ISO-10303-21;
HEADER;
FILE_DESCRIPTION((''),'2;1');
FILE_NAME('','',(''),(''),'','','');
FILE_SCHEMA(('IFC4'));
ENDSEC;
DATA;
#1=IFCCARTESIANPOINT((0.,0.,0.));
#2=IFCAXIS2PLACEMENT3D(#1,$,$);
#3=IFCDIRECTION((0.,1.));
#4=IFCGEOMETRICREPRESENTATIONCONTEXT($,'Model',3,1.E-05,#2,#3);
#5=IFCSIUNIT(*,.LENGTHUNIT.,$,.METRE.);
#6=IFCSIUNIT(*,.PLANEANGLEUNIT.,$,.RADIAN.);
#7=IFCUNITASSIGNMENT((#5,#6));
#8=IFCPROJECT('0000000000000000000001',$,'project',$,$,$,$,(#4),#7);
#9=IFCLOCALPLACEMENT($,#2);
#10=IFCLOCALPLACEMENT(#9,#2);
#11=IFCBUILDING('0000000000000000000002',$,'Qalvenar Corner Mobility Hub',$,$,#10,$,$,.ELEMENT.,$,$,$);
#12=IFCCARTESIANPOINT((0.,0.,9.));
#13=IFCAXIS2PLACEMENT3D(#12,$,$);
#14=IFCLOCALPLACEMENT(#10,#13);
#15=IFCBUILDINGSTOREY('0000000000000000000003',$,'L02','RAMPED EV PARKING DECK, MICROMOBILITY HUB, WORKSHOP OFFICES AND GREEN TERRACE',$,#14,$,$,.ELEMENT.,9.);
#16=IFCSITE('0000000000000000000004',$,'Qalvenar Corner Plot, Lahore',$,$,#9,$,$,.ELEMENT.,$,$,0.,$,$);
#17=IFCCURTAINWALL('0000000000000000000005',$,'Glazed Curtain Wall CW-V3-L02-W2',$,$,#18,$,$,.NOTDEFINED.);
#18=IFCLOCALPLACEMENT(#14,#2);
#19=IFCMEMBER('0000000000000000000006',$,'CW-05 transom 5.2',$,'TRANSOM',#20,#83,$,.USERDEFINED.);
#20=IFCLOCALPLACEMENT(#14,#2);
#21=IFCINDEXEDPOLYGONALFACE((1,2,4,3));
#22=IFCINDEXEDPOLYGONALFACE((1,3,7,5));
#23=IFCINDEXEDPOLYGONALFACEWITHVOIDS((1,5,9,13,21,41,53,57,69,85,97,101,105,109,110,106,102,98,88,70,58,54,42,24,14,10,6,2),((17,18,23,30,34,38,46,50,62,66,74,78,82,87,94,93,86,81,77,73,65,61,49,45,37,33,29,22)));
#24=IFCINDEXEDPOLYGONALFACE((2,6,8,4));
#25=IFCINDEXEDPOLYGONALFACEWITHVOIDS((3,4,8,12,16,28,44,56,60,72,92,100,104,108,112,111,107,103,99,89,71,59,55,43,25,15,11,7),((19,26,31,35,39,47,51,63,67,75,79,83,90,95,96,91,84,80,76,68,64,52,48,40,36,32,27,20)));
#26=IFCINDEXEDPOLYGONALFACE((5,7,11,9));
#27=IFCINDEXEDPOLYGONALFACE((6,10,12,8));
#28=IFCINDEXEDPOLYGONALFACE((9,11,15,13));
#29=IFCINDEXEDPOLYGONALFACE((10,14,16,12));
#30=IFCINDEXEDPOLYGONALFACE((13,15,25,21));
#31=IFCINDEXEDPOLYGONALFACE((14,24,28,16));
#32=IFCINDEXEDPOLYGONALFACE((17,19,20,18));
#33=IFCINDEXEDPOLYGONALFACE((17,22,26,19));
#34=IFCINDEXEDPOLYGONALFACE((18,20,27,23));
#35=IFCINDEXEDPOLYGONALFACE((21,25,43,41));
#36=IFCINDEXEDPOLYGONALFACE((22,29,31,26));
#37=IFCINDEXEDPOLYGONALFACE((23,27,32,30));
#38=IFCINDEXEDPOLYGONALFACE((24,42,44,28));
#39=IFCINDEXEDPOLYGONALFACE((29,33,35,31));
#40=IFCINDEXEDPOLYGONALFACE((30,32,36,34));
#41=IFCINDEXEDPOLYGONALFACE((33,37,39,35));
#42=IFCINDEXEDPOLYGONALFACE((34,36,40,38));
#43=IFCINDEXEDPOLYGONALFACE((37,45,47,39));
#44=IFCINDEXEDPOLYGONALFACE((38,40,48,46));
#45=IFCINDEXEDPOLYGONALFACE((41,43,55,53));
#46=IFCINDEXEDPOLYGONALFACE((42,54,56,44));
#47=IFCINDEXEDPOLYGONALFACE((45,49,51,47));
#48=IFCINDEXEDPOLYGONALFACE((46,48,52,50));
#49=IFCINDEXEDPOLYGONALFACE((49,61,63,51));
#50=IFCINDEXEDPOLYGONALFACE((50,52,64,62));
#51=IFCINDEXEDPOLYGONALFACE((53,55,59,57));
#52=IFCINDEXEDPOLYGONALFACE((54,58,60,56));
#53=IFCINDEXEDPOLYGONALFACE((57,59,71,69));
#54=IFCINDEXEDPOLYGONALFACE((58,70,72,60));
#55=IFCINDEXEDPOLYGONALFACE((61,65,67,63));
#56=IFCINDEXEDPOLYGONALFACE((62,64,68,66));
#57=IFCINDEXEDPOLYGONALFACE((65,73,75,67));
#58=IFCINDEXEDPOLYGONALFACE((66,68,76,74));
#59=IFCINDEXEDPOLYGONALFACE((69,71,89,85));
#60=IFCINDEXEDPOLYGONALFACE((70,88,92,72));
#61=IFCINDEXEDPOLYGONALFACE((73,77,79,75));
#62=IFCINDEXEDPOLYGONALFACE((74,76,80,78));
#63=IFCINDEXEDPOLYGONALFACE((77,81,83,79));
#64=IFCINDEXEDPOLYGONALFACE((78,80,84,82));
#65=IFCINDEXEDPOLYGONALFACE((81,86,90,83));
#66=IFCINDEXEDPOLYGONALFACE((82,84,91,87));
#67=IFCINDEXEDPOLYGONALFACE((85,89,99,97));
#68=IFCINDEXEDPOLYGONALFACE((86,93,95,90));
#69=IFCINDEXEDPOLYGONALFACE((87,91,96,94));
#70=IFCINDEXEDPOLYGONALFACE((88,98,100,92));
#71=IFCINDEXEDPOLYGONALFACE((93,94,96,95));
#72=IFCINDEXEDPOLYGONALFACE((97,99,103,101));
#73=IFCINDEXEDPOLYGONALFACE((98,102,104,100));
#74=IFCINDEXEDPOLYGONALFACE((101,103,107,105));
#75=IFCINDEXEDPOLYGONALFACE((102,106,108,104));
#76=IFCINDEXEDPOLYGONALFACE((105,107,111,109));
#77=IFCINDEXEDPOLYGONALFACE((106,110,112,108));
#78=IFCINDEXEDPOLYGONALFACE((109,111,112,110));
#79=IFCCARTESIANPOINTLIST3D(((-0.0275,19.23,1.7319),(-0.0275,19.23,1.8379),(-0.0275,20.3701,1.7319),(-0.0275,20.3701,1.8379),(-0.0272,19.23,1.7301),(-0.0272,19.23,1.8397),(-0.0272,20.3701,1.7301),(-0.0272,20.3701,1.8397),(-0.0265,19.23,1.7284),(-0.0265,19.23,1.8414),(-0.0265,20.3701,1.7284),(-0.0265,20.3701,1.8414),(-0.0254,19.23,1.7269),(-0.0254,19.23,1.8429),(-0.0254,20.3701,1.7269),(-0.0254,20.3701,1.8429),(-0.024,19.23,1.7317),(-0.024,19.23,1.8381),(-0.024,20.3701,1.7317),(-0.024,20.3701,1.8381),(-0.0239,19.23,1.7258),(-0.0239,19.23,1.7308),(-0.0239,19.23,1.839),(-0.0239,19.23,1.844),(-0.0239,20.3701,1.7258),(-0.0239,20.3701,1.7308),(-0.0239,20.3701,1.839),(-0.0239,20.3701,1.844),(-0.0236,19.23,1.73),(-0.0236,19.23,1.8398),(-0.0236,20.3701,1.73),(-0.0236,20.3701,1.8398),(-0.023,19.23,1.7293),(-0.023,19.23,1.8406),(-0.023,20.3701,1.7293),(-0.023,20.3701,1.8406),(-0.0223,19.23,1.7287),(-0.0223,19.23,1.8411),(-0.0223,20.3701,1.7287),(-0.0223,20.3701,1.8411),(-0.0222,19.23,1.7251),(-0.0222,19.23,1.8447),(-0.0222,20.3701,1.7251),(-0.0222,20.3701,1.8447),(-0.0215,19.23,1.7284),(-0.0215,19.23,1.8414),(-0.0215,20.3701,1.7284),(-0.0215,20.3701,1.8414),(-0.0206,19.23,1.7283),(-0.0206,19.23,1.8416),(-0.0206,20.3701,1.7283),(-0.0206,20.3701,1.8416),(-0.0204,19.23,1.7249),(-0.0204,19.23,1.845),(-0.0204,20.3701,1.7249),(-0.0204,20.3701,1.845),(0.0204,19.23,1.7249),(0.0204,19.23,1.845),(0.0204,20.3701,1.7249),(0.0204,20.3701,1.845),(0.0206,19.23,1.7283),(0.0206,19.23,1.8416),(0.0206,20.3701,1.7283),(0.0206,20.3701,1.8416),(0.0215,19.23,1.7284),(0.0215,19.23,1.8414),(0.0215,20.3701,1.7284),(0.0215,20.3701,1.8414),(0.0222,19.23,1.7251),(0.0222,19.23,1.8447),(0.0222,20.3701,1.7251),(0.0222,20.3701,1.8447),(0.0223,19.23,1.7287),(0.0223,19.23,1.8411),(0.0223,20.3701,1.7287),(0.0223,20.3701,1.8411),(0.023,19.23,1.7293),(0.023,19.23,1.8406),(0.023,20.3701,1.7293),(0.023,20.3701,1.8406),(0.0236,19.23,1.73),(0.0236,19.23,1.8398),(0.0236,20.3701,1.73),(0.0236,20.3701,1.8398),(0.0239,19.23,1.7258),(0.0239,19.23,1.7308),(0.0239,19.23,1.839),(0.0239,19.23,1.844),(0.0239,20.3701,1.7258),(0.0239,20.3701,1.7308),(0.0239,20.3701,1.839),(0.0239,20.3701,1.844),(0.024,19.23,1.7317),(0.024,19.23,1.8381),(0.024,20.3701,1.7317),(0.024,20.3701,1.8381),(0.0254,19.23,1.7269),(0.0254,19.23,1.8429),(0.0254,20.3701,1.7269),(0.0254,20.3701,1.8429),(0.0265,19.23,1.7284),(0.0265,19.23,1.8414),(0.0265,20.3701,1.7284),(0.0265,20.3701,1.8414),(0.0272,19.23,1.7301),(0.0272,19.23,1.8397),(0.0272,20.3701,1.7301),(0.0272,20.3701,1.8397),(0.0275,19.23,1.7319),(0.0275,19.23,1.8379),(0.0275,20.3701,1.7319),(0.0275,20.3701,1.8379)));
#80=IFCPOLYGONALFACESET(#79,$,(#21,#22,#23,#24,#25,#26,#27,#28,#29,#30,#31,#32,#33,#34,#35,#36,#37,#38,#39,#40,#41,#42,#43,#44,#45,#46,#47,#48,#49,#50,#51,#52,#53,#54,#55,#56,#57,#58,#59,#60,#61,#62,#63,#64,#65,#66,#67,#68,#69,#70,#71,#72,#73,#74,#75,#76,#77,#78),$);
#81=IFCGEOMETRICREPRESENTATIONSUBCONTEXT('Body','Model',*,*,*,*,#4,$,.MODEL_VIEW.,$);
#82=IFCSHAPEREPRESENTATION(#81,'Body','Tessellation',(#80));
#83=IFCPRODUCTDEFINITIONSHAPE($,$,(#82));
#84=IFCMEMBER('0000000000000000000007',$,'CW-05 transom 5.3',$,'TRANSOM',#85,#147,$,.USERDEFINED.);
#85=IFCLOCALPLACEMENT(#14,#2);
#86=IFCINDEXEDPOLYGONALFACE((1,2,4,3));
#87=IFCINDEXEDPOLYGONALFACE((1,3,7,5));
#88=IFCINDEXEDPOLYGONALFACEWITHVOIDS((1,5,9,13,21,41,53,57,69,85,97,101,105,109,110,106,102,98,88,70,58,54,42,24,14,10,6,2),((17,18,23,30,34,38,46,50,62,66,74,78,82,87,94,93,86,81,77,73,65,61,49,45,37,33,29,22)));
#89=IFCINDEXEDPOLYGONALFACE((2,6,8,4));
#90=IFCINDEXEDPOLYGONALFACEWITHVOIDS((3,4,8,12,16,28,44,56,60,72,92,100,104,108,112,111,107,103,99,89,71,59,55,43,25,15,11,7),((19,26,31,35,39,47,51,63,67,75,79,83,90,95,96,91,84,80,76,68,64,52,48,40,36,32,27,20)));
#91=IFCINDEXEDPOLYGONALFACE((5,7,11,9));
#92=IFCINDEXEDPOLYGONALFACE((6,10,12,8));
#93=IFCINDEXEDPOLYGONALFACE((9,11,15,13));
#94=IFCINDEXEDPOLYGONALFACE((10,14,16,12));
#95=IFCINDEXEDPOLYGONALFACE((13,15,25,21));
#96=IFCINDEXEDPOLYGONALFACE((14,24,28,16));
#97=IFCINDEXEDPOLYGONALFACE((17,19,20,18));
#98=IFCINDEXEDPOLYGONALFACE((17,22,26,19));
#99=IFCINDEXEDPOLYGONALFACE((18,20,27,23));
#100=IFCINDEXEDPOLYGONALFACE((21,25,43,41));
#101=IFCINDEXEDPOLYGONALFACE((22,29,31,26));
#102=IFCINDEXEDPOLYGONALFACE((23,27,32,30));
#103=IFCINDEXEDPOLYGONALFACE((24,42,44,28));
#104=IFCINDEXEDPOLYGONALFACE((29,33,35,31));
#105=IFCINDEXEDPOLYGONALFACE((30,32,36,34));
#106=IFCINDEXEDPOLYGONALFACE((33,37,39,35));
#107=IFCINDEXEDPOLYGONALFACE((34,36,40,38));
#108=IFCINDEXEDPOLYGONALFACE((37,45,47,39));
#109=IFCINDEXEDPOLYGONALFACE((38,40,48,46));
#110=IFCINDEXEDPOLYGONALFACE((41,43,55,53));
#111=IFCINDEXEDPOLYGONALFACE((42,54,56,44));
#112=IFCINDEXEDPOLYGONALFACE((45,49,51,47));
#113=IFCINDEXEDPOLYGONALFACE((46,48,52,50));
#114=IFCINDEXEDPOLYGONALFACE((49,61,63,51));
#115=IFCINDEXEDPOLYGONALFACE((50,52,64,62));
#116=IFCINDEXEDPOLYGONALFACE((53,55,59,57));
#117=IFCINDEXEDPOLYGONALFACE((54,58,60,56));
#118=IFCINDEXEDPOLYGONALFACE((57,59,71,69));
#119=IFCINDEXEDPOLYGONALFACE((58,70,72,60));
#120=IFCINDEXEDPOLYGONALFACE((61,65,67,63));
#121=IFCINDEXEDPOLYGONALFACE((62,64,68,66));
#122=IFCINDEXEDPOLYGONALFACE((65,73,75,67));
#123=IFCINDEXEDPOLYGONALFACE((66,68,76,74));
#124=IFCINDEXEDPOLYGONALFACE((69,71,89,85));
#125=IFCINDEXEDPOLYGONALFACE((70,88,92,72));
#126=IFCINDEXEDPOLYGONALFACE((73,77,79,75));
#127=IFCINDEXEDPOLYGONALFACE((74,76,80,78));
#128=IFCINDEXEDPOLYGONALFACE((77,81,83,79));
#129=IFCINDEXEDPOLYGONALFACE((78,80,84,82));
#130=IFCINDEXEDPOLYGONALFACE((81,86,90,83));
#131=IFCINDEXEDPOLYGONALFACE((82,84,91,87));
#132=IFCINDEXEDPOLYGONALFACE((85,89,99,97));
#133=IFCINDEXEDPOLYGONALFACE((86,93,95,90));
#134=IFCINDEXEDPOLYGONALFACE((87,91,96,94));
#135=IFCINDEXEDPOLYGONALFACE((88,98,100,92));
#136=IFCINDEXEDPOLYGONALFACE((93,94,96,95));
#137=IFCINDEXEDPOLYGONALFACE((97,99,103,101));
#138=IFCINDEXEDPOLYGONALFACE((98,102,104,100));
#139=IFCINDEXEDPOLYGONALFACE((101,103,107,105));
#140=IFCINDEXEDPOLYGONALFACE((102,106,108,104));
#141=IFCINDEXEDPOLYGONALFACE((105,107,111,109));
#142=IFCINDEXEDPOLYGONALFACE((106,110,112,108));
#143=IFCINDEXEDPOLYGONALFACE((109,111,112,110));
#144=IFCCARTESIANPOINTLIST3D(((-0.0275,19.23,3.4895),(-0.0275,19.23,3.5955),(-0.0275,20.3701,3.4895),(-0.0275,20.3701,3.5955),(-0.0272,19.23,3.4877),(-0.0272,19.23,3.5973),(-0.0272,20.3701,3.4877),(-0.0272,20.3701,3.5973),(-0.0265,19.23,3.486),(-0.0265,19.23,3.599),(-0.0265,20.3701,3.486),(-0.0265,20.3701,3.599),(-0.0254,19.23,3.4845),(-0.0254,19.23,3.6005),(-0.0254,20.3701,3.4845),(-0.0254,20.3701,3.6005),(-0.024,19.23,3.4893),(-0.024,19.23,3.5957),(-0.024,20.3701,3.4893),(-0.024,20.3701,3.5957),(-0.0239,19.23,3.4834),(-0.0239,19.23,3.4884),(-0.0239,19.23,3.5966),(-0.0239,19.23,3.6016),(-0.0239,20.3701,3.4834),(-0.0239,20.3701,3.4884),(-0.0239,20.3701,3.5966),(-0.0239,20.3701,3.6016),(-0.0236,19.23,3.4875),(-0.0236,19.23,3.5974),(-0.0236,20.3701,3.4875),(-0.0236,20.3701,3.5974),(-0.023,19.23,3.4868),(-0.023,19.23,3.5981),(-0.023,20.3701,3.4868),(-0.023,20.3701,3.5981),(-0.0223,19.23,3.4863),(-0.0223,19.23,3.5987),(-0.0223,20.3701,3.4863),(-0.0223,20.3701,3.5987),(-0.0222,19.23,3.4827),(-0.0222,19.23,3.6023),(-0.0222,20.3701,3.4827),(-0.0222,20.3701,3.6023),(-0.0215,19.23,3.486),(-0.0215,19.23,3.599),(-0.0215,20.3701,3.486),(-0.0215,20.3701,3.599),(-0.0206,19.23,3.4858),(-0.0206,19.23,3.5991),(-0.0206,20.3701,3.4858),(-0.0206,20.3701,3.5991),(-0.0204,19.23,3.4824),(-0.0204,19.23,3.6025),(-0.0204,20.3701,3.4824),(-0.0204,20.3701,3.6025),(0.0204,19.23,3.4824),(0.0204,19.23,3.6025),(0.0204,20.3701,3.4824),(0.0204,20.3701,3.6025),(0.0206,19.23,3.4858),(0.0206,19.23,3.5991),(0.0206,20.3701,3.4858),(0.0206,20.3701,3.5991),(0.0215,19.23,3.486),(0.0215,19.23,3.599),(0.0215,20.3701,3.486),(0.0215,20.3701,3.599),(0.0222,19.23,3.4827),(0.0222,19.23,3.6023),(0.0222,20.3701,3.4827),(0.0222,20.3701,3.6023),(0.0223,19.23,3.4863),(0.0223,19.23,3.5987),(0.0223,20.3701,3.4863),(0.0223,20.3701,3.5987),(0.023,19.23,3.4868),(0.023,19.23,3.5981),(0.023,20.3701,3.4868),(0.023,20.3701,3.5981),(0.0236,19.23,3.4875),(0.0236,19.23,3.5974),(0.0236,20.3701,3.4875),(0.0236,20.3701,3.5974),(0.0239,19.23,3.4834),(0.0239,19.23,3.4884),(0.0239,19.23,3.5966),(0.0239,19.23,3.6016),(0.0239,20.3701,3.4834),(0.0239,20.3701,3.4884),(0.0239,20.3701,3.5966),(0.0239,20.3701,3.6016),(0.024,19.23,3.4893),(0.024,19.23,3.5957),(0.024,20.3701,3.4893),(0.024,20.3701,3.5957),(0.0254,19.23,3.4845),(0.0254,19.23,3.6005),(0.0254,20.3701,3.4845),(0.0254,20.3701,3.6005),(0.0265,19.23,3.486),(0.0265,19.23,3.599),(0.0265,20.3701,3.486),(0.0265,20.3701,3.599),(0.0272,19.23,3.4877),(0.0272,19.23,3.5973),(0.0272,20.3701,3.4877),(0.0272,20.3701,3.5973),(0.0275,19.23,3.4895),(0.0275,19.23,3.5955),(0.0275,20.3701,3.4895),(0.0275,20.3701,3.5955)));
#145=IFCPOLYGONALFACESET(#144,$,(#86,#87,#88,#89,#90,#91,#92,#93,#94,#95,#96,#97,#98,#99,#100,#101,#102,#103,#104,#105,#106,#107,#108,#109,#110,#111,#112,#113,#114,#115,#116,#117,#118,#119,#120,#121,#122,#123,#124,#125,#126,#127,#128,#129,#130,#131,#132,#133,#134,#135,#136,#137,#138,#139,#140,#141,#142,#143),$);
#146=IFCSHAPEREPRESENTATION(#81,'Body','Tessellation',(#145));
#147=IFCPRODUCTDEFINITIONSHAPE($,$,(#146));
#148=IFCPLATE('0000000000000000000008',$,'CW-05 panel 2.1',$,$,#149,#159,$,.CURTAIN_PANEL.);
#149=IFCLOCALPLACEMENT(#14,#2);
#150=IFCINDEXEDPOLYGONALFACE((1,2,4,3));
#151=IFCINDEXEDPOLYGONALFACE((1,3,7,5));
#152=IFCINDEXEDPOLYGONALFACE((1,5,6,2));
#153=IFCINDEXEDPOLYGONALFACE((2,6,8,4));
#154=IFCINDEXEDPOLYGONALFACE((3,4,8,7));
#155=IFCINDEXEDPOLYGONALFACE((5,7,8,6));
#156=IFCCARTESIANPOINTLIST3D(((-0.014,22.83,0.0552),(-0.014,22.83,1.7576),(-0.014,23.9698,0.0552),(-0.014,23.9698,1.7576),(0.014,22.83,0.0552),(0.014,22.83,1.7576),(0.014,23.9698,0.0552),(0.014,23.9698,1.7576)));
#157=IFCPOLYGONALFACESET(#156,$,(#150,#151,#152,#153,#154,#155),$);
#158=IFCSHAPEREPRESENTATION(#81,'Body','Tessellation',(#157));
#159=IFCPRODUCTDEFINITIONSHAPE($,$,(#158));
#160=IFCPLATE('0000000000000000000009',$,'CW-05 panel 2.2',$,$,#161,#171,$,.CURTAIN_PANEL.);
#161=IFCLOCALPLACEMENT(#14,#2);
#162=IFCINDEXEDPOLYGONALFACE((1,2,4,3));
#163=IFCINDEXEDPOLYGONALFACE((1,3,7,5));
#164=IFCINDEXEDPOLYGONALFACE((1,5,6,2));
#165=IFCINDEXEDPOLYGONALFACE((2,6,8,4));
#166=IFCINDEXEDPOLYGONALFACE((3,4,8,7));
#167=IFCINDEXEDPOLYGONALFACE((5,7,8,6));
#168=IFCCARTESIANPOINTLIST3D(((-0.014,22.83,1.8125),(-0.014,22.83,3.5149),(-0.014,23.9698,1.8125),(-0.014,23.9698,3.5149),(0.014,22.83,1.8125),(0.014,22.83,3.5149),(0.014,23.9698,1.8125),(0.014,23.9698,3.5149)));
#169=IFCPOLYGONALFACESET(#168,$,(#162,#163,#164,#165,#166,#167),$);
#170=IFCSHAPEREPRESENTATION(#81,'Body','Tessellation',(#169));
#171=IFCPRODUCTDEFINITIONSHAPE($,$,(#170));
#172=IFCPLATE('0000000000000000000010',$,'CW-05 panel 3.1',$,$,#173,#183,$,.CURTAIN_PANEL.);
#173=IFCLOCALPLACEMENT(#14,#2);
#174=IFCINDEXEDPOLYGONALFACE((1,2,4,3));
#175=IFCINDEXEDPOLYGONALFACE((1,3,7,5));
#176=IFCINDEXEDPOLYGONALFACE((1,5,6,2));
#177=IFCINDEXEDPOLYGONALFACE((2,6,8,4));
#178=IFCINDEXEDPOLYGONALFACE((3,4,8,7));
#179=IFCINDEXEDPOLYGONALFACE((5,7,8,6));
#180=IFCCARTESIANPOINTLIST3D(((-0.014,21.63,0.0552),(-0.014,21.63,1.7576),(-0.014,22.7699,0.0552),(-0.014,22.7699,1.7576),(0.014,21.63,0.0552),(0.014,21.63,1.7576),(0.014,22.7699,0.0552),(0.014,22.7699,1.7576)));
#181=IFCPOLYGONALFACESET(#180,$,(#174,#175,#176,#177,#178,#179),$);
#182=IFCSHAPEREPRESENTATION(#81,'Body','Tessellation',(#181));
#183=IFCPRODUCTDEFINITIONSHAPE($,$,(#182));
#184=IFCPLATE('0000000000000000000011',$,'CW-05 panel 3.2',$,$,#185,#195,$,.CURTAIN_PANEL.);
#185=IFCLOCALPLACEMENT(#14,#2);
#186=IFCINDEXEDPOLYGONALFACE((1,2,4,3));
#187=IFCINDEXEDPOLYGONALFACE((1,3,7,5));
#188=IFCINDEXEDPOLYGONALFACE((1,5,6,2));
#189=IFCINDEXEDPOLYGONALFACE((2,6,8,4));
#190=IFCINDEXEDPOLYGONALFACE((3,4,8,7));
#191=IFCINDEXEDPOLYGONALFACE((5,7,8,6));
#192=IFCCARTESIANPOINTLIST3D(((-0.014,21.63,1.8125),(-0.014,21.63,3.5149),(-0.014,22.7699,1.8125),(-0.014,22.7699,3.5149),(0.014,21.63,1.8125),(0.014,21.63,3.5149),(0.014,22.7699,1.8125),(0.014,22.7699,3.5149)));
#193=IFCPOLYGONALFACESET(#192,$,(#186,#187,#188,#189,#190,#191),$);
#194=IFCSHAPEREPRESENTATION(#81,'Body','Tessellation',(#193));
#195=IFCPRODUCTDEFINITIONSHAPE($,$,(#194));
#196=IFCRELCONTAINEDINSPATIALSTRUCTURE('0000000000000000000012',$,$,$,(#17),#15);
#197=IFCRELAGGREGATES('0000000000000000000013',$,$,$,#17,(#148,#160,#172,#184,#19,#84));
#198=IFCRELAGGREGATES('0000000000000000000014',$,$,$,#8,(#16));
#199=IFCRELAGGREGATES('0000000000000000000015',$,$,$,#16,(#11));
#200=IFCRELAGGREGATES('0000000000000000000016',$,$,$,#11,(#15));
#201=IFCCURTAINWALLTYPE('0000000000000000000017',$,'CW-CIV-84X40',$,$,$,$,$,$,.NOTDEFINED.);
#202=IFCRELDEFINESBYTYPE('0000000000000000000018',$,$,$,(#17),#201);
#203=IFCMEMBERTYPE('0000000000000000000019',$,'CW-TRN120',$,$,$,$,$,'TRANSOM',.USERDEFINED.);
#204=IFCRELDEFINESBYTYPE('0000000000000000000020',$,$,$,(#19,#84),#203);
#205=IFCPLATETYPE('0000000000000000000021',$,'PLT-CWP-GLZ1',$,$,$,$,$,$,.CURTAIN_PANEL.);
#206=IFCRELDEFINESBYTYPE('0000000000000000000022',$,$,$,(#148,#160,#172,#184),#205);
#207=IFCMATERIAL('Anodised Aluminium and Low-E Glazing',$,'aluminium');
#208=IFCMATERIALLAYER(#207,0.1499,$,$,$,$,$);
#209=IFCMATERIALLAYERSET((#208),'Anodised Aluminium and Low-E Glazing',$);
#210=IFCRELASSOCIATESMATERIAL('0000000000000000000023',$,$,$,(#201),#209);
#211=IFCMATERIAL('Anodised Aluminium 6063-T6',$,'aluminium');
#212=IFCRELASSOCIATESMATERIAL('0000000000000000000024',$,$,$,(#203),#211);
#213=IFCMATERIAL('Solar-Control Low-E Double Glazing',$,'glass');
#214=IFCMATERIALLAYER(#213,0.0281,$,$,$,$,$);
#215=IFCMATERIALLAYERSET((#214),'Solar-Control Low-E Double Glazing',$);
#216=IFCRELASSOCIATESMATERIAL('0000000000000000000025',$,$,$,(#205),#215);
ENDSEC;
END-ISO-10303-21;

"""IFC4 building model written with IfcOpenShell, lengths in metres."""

from ifc_helpers import new_model, si_unit, direction, frame, origin, origin_2d, place, context, subcontext, project, spatial, rectangle, hollow_rectangle, extrude, material, layer, layer_set, material_profile, profile_set, type_object, element, aggregate, save


model = new_model("IFC4")

# Units and contexts
model_context = context("Model", 3, precision=1e-05, world=origin(), true_north=direction((0.0, 1.0)))
body_context = subcontext(model_context, "Body", "Model", "MODEL_VIEW")
ifc_project = project(units=[si_unit("LENGTHUNIT", "METRE"), si_unit("PLANEANGLEUNIT", "RADIAN")], contexts=[model_context])

# Site, building, storey
site_placement = place(None, origin())
site = spatial("IfcSite", under=ifc_project, at=site_placement, Name="Qalvenar Corner Plot, Lahore", CompositionType="ELEMENT", RefElevation=0.0)
building_placement = place(site_placement, origin())
building = spatial("IfcBuilding", under=site, at=building_placement, Name="Qalvenar Corner Mobility Hub", CompositionType="ELEMENT")
storey_placement = place(building_placement, frame((0.0, 0.0, 9.0)))
storey = spatial("IfcBuildingStorey", under=building, at=storey_placement, Name="L02", Description="RAMPED EV PARKING DECK, MICROMOBILITY HUB, WORKSHOP OFFICES AND GREEN TERRACE", CompositionType="ELEMENT", Elevation=9.0)

# Curtain wall, members, plates
ifc_material_1 = material(Name="Anodised Aluminium and Low-E Glazing", Category="aluminium")
ifc_layer_1 = layer(ifc_material_1, 0.1499)
ifc_layer_set_1 = layer_set([ifc_layer_1], Name="Anodised Aluminium and Low-E Glazing")
curtain_wall_type = type_object("IfcCurtainWallType", Name="CW-CIV-84X40", PredefinedType="NOTDEFINED", material=ifc_layer_set_1)
curtain_wall_placement = place(storey_placement, origin())
curtain_wall = element("IfcCurtainWall", 1, at=curtain_wall_placement, inside=storey, type_object=curtain_wall_type, Name="Glazed Curtain Wall CW-V3-L02-W2", PredefinedType="NOTDEFINED")
ifc_material_2 = material(Name="Anodised Aluminium 6063-T6", Category="aluminium")
ifc_material_profile_1 = material_profile(ifc_material_2, hollow_rectangle(XDim=0.0549, YDim=0.1201, WallThickness=0.0034, InnerFilletRadius=0.0034, OuterFilletRadius=0.0071, at=origin_2d()), Name="RHS120x55x3.5")
ifc_profile_set_1 = profile_set([ifc_material_profile_1], Name="Anodised Aluminium 6063-T6")
member_type_1 = type_object("IfcMemberType", Name="CW-TRN120", ElementType="TRANSOM", PredefinedType="USERDEFINED", material=ifc_profile_set_1)
member_1_placement = place(storey_placement, frame((0.0, 20.3701, 1.7849), z_axis=(0.0, -1.0, 0.0), x_axis=(1.0, 0.0, 0.0)))
member_1 = element("IfcMember", 2, at=member_1_placement, type_object=member_type_1, Name="CW-05 transom 5.2", ObjectType="TRANSOM", PredefinedType="USERDEFINED", context=body_context, shape_type="SweptSolid", body=[
    extrude(hollow_rectangle(XDim=0.0549, YDim=0.1201, WallThickness=0.0034, InnerFilletRadius=0.0034, OuterFilletRadius=0.0071, at=origin_2d()), origin(), (0.0, 0.0, 1.0), 1.1401),
])
member_2_placement = place(storey_placement, frame((0.0, 20.3701, 3.5425), z_axis=(0.0, -1.0, 0.0), x_axis=(1.0, 0.0, 0.0)))
member_2 = element("IfcMember", 3, at=member_2_placement, type_object=member_type_1, Name="CW-05 transom 5.3", ObjectType="TRANSOM", PredefinedType="USERDEFINED", context=body_context, shape_type="SweptSolid", body=[
    extrude(hollow_rectangle(XDim=0.0549, YDim=0.1201, WallThickness=0.0034, InnerFilletRadius=0.0034, OuterFilletRadius=0.0071, at=origin_2d()), origin(), (0.0, 0.0, 1.0), 1.1401),
])
ifc_material_3 = material(Name="Solar-Control Low-E Double Glazing", Category="glass")
ifc_layer_2 = layer(ifc_material_3, 0.0281)
ifc_layer_set_2 = layer_set([ifc_layer_2], Name="Solar-Control Low-E Double Glazing")
plate_type = type_object("IfcPlateType", Name="PLT-CWP-GLZ1", PredefinedType="CURTAIN_PANEL", material=ifc_layer_set_2)
plate_1_placement = place(storey_placement, frame((0.0, 23.3999, 0.0552), z_axis=(0.0, 0.0, 1.0), x_axis=(0.0, -1.0, 0.0)))
plate_1 = element("IfcPlate", 4, at=plate_1_placement, type_object=plate_type, Name="CW-05 panel 2.1", PredefinedType="CURTAIN_PANEL", context=body_context, shape_type="SweptSolid", body=[
    extrude(rectangle(XDim=1.1399, YDim=0.0281, at=origin_2d()), origin(), (0.0, 0.0, 1.0), 1.7024),
])
plate_2_placement = place(storey_placement, frame((0.0, 23.3999, 1.8125), z_axis=(0.0, 0.0, 1.0), x_axis=(0.0, -1.0, 0.0)))
plate_2 = element("IfcPlate", 5, at=plate_2_placement, type_object=plate_type, Name="CW-05 panel 2.2", PredefinedType="CURTAIN_PANEL", context=body_context, shape_type="SweptSolid", body=[
    extrude(rectangle(XDim=1.1399, YDim=0.0281, at=origin_2d()), origin(), (0.0, 0.0, 1.0), 1.7024),
])
plate_3_placement = place(storey_placement, frame((0.0, 22.2, 0.0552), z_axis=(0.0, 0.0, 1.0), x_axis=(0.0, -1.0, 0.0)))
plate_3 = element("IfcPlate", 6, at=plate_3_placement, type_object=plate_type, Name="CW-05 panel 3.1", PredefinedType="CURTAIN_PANEL", context=body_context, shape_type="SweptSolid", body=[
    extrude(rectangle(XDim=1.1399, YDim=0.0281, at=origin_2d()), origin(), (0.0, 0.0, 1.0), 1.7024),
])
plate_4_placement = place(storey_placement, frame((0.0, 22.2, 1.8125), z_axis=(0.0, 0.0, 1.0), x_axis=(0.0, -1.0, 0.0)))
plate_4 = element("IfcPlate", 7, at=plate_4_placement, type_object=plate_type, Name="CW-05 panel 3.2", PredefinedType="CURTAIN_PANEL", context=body_context, shape_type="SweptSolid", body=[
    extrude(rectangle(XDim=1.1399, YDim=0.0281, at=origin_2d()), origin(), (0.0, 0.0, 1.0), 1.7024),
])
aggregate(curtain_wall, [plate_1, plate_2, plate_3, plate_4, member_1, member_2])

save(model, "model.ifc")
